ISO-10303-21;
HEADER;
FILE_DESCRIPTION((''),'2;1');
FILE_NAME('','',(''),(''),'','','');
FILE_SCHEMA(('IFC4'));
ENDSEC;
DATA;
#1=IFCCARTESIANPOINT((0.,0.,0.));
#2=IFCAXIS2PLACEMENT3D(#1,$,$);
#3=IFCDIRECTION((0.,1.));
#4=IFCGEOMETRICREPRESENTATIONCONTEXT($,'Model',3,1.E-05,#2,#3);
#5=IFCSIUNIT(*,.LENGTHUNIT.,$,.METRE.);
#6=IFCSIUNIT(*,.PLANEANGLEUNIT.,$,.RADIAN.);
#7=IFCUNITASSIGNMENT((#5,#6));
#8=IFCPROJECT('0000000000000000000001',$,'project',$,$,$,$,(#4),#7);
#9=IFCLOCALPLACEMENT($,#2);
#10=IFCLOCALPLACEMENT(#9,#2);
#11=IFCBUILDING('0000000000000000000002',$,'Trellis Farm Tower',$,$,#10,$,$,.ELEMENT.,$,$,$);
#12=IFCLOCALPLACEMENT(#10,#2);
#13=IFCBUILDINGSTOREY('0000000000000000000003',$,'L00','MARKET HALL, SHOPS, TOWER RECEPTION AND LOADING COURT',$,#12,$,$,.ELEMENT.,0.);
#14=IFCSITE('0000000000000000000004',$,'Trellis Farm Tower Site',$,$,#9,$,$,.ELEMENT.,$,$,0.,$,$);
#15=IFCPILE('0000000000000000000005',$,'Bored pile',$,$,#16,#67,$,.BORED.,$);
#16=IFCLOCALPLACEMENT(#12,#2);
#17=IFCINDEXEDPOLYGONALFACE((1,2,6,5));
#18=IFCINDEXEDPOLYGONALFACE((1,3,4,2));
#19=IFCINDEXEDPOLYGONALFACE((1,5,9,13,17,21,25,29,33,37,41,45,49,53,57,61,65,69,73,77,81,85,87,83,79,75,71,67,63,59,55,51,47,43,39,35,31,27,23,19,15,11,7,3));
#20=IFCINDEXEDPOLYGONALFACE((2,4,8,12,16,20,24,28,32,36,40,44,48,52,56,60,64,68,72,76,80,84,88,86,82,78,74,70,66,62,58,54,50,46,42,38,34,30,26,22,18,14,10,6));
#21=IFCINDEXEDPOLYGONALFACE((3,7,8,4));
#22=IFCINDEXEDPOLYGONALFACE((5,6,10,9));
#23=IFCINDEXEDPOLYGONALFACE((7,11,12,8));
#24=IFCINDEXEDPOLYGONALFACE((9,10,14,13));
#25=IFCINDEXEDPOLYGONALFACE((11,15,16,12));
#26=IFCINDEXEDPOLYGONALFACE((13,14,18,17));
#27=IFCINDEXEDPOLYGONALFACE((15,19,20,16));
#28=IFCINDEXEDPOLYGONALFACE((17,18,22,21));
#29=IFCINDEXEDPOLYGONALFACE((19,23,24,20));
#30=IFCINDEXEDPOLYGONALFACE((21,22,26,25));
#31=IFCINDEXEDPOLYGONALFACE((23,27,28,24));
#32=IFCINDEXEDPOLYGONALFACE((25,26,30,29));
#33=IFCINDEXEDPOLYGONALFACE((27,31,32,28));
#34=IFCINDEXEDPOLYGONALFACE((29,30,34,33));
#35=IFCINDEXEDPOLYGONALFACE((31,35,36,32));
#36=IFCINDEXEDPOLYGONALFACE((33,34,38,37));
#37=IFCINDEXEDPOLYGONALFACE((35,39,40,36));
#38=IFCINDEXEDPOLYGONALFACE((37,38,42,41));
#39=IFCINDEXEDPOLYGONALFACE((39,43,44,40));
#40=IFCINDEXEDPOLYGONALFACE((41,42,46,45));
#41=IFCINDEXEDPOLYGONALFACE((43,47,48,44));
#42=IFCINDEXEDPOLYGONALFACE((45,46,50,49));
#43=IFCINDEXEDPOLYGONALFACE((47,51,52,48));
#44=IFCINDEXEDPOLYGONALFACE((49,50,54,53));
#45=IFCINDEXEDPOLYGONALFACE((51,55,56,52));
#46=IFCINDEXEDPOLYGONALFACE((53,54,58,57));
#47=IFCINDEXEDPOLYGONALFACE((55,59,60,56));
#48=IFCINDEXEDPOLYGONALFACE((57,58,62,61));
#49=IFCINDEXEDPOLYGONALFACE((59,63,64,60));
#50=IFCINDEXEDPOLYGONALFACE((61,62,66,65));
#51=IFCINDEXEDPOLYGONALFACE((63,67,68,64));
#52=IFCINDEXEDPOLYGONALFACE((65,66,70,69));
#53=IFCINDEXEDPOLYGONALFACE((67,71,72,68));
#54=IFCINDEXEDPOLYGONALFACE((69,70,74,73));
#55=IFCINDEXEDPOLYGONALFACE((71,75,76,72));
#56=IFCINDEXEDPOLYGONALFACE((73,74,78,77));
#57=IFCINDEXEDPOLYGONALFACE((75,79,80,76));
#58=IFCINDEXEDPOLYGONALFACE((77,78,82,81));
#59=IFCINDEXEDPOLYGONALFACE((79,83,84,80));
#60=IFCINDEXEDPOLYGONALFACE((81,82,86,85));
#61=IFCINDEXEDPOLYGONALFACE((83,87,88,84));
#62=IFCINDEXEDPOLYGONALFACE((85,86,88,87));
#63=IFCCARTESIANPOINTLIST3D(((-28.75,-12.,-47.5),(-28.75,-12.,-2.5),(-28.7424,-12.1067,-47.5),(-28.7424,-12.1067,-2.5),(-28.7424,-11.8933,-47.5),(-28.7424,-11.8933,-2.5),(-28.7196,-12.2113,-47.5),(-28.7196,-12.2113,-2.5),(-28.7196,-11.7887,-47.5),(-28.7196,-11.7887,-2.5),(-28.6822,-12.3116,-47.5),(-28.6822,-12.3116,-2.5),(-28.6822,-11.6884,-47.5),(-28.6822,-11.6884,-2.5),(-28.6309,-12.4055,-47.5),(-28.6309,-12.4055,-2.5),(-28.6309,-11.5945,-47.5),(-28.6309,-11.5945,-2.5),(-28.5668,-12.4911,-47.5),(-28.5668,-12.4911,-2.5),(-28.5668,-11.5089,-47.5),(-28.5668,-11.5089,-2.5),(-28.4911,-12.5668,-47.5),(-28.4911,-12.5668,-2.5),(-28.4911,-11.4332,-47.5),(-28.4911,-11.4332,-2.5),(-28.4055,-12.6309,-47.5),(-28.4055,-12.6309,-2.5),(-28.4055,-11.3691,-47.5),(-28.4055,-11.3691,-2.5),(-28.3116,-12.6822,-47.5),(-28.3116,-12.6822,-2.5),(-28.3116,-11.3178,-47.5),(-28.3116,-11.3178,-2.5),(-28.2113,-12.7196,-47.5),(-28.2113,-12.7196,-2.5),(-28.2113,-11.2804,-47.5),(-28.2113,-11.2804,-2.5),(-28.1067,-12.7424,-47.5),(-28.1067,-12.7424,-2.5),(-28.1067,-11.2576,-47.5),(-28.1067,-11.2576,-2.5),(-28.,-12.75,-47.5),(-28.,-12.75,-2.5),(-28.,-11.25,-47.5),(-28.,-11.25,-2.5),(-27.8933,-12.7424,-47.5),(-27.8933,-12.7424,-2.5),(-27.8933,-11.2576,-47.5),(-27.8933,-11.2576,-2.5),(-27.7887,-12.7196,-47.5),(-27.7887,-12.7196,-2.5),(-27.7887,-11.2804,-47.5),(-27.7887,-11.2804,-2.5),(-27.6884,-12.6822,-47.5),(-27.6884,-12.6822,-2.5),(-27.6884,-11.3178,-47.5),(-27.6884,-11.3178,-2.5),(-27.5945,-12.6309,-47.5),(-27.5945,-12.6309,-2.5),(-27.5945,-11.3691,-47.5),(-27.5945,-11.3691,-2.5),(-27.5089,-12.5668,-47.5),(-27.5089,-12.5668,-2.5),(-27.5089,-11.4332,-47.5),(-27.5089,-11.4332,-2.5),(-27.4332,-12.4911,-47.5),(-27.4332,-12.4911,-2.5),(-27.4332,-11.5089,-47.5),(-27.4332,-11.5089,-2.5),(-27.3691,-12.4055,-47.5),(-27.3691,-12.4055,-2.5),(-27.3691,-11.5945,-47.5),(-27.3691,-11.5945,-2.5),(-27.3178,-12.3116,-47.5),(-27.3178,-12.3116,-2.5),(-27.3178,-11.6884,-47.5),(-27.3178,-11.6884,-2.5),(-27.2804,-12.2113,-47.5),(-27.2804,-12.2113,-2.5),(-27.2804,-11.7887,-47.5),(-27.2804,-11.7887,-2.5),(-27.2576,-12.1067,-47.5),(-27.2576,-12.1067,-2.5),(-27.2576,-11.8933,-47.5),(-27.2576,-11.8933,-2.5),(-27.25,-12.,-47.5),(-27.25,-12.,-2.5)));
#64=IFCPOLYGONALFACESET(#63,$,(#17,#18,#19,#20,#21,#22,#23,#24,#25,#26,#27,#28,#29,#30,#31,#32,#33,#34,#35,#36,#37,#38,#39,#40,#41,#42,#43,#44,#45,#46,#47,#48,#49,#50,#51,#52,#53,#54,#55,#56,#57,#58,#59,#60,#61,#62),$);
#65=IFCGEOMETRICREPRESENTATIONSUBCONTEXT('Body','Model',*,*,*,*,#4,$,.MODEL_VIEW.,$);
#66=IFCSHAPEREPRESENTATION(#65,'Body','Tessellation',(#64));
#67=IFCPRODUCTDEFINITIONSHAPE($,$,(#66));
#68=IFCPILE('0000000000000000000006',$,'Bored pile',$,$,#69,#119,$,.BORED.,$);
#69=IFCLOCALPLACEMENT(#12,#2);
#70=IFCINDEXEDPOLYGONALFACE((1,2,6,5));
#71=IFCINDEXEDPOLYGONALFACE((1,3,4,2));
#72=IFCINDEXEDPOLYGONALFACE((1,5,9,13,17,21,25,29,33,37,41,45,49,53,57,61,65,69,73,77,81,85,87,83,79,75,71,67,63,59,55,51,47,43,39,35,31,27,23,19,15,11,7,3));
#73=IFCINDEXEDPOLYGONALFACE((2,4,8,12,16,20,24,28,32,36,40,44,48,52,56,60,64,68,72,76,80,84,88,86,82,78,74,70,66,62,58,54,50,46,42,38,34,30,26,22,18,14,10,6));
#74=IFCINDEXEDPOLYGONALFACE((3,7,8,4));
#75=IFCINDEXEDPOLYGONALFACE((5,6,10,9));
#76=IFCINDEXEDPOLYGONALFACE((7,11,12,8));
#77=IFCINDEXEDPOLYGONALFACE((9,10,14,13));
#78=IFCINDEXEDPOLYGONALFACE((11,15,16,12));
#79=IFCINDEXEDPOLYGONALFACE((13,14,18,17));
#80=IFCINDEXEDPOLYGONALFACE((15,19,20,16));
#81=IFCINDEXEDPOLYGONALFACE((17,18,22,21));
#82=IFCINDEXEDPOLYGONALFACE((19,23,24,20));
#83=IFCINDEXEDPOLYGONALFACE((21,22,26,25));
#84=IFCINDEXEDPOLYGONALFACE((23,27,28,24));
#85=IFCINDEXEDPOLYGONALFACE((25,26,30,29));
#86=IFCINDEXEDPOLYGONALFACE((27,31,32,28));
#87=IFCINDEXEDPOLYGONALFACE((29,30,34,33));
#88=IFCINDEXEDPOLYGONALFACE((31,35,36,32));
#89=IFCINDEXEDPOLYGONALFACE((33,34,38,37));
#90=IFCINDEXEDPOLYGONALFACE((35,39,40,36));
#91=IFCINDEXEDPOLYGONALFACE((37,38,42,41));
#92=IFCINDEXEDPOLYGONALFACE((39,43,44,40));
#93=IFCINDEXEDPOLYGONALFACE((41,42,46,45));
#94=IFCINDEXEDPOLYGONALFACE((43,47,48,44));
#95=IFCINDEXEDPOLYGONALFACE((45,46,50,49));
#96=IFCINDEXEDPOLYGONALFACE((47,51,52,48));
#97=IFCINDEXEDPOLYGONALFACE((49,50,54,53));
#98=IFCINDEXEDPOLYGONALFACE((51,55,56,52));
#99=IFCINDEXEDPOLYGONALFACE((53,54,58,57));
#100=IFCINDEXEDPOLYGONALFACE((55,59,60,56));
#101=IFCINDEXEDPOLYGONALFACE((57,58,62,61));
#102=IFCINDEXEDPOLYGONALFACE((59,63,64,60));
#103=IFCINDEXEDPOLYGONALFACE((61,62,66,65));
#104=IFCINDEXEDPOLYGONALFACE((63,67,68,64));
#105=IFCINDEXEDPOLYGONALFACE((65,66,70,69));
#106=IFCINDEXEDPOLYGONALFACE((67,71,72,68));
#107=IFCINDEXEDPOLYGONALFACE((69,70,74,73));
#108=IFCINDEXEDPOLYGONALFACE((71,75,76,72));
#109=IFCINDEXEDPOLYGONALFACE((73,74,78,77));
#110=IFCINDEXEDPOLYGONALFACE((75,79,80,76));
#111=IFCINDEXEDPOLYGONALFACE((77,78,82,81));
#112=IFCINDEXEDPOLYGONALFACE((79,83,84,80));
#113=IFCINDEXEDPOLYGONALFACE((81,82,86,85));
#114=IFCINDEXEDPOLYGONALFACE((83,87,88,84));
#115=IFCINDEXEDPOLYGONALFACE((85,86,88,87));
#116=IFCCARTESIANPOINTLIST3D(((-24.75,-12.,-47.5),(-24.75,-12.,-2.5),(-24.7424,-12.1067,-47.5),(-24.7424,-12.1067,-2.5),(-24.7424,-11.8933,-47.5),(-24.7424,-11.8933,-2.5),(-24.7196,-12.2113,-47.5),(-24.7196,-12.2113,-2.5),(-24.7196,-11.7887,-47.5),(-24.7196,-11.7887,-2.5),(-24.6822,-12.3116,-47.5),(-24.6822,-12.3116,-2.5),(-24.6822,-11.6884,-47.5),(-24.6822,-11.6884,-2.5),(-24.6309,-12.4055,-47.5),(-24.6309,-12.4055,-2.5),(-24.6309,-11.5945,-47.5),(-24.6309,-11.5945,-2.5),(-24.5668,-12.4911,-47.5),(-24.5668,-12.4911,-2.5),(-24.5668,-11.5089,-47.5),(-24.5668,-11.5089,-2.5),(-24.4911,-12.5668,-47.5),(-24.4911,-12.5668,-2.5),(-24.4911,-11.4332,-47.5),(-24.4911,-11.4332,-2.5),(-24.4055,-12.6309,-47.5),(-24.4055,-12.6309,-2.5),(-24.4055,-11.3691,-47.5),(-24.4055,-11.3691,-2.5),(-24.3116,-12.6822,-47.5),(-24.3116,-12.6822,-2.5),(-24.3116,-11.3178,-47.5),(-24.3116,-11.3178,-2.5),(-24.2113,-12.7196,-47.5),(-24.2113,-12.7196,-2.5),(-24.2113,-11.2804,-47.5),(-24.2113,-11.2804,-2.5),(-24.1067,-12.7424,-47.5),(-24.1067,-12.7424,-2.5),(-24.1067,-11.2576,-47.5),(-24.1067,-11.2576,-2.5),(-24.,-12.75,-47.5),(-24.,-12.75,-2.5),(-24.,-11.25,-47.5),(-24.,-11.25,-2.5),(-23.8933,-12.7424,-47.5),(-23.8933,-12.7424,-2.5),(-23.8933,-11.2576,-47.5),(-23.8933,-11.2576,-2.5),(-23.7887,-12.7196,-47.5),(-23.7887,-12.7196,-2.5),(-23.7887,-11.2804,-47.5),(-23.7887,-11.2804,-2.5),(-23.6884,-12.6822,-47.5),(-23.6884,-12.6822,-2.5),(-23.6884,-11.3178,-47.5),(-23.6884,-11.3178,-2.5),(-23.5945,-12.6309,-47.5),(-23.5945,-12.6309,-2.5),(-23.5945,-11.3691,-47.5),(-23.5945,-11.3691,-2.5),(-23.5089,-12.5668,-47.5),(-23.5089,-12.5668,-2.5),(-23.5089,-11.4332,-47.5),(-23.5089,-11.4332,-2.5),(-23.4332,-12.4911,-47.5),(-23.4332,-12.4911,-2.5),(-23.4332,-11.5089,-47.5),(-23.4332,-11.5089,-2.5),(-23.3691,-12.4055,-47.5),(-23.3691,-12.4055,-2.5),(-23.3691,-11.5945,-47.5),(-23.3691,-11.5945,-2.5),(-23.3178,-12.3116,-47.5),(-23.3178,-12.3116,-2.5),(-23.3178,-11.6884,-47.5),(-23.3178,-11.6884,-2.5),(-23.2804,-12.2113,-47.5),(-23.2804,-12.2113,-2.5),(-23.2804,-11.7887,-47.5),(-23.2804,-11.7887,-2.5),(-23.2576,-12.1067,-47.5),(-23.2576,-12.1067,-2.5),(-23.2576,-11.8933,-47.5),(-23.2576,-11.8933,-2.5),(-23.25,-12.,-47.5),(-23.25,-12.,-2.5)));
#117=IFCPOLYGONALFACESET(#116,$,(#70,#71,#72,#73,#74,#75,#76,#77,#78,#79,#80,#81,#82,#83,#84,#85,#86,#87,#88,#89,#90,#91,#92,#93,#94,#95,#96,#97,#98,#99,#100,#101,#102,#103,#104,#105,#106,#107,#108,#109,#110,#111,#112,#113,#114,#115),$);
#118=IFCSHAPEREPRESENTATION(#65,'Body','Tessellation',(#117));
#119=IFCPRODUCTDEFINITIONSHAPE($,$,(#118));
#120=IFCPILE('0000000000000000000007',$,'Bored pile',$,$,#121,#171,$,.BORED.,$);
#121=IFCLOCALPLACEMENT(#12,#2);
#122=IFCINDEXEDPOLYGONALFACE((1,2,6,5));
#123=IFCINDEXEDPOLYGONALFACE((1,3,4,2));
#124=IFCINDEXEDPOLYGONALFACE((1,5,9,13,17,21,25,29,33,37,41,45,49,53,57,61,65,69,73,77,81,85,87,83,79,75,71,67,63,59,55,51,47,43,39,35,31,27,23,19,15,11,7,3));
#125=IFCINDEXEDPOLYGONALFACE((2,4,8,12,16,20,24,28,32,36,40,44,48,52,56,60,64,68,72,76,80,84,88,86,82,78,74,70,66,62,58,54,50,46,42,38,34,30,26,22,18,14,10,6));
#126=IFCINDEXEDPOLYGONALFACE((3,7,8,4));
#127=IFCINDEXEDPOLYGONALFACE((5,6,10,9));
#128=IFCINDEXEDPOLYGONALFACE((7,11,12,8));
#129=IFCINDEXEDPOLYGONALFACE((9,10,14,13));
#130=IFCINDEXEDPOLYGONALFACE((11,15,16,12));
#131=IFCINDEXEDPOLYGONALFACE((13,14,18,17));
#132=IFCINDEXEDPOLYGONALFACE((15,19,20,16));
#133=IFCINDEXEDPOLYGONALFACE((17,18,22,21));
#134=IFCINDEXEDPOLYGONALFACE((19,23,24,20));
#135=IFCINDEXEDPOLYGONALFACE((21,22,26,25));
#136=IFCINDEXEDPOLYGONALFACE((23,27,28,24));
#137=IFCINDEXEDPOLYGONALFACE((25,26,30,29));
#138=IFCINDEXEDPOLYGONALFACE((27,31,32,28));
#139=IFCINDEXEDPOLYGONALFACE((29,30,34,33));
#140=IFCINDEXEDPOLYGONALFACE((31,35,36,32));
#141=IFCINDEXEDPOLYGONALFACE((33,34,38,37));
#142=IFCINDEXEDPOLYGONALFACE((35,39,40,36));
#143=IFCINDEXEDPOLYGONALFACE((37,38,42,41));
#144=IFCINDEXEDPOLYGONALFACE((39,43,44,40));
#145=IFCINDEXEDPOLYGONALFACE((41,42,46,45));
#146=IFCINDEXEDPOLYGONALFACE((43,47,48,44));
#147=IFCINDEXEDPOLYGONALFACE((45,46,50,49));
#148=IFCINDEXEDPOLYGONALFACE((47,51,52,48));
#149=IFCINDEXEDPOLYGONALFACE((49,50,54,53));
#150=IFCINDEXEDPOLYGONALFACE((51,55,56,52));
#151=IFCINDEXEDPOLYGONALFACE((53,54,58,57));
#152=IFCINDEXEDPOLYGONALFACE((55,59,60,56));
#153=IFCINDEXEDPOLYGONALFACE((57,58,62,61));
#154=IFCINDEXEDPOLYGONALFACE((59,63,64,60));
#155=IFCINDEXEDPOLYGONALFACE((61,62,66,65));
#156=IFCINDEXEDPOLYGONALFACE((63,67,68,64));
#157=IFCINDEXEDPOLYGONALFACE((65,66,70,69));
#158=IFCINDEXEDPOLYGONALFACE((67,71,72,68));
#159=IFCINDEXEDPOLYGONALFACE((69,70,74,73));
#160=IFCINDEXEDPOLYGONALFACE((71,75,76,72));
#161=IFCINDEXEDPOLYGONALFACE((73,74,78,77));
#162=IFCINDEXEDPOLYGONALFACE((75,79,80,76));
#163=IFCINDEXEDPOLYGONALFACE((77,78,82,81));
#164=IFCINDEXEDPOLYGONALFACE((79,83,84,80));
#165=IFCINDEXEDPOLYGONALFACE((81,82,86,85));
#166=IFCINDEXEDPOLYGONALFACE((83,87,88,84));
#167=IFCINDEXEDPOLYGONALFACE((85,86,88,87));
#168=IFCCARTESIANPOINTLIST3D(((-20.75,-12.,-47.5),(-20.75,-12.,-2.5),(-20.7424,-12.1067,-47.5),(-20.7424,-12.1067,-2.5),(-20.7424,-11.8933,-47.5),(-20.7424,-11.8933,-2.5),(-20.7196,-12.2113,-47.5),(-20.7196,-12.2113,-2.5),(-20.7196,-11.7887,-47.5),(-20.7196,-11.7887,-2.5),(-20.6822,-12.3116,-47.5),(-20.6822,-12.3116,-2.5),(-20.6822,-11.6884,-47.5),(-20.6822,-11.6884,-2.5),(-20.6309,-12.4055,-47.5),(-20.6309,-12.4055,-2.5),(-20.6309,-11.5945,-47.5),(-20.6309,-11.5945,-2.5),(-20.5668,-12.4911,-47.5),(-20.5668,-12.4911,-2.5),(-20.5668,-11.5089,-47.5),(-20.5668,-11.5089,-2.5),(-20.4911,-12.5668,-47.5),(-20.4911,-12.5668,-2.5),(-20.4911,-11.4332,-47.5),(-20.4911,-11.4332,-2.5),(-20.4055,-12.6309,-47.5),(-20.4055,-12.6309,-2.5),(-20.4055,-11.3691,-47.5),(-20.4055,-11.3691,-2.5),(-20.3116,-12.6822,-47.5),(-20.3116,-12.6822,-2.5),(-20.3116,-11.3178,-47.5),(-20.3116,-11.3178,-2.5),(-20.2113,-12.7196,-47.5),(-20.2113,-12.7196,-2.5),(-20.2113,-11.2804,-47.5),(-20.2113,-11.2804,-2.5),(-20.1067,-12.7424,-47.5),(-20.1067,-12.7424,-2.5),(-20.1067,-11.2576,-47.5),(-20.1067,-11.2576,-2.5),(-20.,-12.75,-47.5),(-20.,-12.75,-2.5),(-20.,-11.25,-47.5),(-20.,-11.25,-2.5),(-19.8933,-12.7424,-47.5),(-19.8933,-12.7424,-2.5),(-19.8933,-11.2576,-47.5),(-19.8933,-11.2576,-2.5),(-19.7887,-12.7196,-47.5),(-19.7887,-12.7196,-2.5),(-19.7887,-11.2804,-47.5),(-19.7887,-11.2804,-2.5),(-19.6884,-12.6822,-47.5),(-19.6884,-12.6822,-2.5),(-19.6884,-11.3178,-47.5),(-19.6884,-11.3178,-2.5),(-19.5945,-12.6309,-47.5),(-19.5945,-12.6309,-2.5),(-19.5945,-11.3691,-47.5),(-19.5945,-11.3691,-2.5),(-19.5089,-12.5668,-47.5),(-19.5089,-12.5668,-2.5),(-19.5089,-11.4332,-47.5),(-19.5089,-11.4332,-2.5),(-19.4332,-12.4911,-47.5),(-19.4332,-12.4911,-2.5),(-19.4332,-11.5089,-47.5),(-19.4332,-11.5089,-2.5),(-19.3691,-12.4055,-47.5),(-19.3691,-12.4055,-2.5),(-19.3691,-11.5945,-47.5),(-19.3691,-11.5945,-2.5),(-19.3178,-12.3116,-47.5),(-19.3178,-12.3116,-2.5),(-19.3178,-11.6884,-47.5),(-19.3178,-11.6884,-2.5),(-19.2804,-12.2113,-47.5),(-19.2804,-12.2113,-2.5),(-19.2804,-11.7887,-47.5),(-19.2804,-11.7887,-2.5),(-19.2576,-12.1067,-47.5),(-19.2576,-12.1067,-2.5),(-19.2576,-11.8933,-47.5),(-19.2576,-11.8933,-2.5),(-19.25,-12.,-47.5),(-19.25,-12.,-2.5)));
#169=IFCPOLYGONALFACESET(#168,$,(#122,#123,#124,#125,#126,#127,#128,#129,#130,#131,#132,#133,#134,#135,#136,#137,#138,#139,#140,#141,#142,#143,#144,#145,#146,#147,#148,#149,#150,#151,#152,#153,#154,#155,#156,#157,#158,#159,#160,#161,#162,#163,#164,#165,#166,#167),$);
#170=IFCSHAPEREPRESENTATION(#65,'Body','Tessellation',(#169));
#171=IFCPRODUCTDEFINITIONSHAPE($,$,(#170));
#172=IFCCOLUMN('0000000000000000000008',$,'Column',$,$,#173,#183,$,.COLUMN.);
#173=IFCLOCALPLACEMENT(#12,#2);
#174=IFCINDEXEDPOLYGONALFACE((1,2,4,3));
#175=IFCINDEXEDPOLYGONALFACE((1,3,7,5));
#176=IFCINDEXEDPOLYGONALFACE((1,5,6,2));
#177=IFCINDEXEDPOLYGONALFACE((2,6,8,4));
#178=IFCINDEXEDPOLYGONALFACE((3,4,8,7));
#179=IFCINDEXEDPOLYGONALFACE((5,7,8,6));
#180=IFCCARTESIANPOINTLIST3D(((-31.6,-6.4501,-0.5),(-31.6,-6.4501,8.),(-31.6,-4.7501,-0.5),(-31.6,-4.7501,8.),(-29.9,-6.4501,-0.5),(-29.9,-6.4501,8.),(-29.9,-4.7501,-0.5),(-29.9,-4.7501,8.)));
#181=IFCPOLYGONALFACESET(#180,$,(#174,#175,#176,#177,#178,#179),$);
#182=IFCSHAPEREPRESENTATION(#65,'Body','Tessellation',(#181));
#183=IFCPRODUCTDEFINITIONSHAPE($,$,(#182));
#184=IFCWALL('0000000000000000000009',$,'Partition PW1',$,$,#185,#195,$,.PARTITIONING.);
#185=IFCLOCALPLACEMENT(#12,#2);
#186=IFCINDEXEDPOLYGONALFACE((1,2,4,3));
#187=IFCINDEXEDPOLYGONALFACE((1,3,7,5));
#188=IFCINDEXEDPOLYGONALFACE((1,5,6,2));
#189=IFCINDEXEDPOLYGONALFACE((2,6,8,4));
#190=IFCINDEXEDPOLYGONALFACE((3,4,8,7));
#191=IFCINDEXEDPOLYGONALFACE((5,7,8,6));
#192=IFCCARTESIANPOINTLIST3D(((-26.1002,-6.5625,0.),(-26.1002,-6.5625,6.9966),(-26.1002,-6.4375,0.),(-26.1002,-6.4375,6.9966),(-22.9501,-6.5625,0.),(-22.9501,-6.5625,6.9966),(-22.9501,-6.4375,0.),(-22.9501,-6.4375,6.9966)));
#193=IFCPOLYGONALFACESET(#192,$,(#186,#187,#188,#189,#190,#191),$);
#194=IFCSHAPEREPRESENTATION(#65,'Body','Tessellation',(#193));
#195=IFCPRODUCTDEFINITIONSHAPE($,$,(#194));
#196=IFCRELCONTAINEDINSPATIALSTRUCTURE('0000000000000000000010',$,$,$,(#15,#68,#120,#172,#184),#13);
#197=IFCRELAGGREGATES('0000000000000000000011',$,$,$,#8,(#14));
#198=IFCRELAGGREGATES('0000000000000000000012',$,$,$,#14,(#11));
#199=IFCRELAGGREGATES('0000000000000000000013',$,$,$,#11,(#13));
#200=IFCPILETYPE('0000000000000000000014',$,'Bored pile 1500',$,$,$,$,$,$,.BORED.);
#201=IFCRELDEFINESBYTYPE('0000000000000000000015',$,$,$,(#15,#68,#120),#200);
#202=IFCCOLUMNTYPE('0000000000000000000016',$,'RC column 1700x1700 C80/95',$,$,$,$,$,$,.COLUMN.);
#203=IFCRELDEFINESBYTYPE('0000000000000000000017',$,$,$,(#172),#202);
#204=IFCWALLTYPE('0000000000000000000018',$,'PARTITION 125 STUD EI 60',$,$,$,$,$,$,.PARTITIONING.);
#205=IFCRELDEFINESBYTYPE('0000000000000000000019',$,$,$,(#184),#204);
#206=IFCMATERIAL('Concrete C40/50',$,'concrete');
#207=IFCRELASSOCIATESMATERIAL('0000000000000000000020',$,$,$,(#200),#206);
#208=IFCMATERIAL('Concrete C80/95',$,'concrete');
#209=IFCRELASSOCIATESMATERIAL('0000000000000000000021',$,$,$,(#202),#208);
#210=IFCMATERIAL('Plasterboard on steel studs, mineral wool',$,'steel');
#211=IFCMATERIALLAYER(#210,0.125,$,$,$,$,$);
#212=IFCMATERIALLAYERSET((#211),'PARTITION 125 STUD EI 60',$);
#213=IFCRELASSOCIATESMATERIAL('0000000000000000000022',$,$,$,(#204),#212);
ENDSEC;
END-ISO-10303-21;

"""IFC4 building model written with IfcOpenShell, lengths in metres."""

from ifc_helpers import new_model, si_unit, direction, frame, frame_2d, origin, origin_2d, place, context, subcontext, project, spatial, rectangle, circle, extrude, source, transform, mapped, material, layer, layer_set, material_profile, profile_set, type_object, element, save


model = new_model("IFC4")

# Units and contexts
model_context = context("Model", 3, precision=1e-05, world=origin(), true_north=direction((0.0, 1.0)))
body_context = subcontext(model_context, "Body", "Model", "MODEL_VIEW")
ifc_project = project(units=[si_unit("LENGTHUNIT", "METRE"), si_unit("PLANEANGLEUNIT", "RADIAN")], contexts=[model_context])

# Site, building, storey
site_placement = place(None, origin())
site = spatial("IfcSite", under=ifc_project, at=site_placement, Name="Trellis Farm Tower Site", CompositionType="ELEMENT", RefElevation=0.0)
building_placement = place(site_placement, origin())
building = spatial("IfcBuilding", under=site, at=building_placement, Name="Trellis Farm Tower", CompositionType="ELEMENT")
storey_placement = place(building_placement, origin())
storey = spatial("IfcBuildingStorey", under=building, at=storey_placement, Name="L00", Description="MARKET HALL, SHOPS, TOWER RECEPTION AND LOADING COURT", CompositionType="ELEMENT", Elevation=0.0)

# Piles
ifc_material_1 = material(Name="Concrete C40/50", Category="concrete")
ifc_material_profile_1 = material_profile(ifc_material_1, circle(Radius=0.75, at=origin_2d()), Name="Bored pile 1500")
ifc_profile_set_1 = profile_set([ifc_material_profile_1], Name="Concrete C40/50")
pile_type = type_object("IfcPileType", Name="Bored pile 1500", PredefinedType="BORED", material=ifc_profile_set_1)
shared_shape_1 = source(origin(), body_context, "Body", "SweptSolid", [
    extrude(circle(Radius=0.75, at=origin_2d()), origin(), (0.0, 0.0, 1.0), 45.0),
])
for number, where, z_axis, x_axis, name in (
    (1, (-28.0, -12.0, -2.5), (0.0, 0.0, -1.0), (1.0, 0.0, 0.0), "Bored pile"),
    (2, (-24.0, -12.0, -2.5), (0.0, 0.0, -1.0), (1.0, 0.0, 0.0), "Bored pile"),
    (3, (-20.0, -12.0, -2.5), (0.0, 0.0, -1.0), (1.0, 0.0, 0.0), "Bored pile"),
):
    element("IfcPile", number, at=place(storey_placement, frame(where, z_axis=z_axis, x_axis=x_axis)), inside=storey, type_object=pile_type, Name=name, PredefinedType="BORED", context=body_context, shape_type="MappedRepresentation", body=[
        mapped(shared_shape_1, transform((0.0, 0.0, 0.0))),
    ])

# Column
ifc_material_2 = material(Name="Concrete C80/95", Category="concrete")
ifc_material_profile_2 = material_profile(ifc_material_2, rectangle(XDim=1.7, YDim=1.7, at=origin_2d()), Name="RC column 1700x1700 C80/95")
ifc_profile_set_2 = profile_set([ifc_material_profile_2], Name="Concrete C80/95")
column_type = type_object("IfcColumnType", Name="RC column 1700x1700 C80/95", PredefinedType="COLUMN", material=ifc_profile_set_2)
shared_shape_2 = source(origin(), body_context, "Body", "SweptSolid", [
    extrude(rectangle(XDim=1.7, YDim=1.7, at=origin_2d()), origin(), (0.0, 0.0, 1.0), 8.5),
])
column_placement = place(storey_placement, frame((-30.75, -5.6001, -0.5), z_axis=(0.0, 0.0, 1.0), x_axis=(1.0, 0.0, 0.0)))
element("IfcColumn", 4, at=column_placement, inside=storey, type_object=column_type, Name="Column", PredefinedType="COLUMN", context=body_context, shape_type="MappedRepresentation", body=[
    mapped(shared_shape_2, transform((0.0, 0.0, 0.0))),
])

# Wall
ifc_material_3 = material(Name="Plasterboard on steel studs, mineral wool", Category="steel")
ifc_layer_1 = layer(ifc_material_3, 0.125)
ifc_layer_set_1 = layer_set([ifc_layer_1], Name="PARTITION 125 STUD EI 60")
wall_type_1 = type_object("IfcWallType", Name="PARTITION 125 STUD EI 60", PredefinedType="PARTITIONING", material=ifc_layer_set_1)
wall_1_placement = place(storey_placement, frame((-22.95, -6.5, 0.0), z_axis=(0.0, 0.0, 1.0), x_axis=(-1.0, 0.0, 0.0)))
element("IfcWall", 5, at=wall_1_placement, inside=storey, type_object=wall_type_1, Name="Partition PW1", PredefinedType="PARTITIONING", context=body_context, shape_type="SweptSolid", body=[
    extrude(rectangle(XDim=3.1501, YDim=0.125, at=frame_2d((1.5752, 0.0))), origin(), (0.0, 0.0, 1.0), 6.9966),
])

save(model, "model.ifc")
